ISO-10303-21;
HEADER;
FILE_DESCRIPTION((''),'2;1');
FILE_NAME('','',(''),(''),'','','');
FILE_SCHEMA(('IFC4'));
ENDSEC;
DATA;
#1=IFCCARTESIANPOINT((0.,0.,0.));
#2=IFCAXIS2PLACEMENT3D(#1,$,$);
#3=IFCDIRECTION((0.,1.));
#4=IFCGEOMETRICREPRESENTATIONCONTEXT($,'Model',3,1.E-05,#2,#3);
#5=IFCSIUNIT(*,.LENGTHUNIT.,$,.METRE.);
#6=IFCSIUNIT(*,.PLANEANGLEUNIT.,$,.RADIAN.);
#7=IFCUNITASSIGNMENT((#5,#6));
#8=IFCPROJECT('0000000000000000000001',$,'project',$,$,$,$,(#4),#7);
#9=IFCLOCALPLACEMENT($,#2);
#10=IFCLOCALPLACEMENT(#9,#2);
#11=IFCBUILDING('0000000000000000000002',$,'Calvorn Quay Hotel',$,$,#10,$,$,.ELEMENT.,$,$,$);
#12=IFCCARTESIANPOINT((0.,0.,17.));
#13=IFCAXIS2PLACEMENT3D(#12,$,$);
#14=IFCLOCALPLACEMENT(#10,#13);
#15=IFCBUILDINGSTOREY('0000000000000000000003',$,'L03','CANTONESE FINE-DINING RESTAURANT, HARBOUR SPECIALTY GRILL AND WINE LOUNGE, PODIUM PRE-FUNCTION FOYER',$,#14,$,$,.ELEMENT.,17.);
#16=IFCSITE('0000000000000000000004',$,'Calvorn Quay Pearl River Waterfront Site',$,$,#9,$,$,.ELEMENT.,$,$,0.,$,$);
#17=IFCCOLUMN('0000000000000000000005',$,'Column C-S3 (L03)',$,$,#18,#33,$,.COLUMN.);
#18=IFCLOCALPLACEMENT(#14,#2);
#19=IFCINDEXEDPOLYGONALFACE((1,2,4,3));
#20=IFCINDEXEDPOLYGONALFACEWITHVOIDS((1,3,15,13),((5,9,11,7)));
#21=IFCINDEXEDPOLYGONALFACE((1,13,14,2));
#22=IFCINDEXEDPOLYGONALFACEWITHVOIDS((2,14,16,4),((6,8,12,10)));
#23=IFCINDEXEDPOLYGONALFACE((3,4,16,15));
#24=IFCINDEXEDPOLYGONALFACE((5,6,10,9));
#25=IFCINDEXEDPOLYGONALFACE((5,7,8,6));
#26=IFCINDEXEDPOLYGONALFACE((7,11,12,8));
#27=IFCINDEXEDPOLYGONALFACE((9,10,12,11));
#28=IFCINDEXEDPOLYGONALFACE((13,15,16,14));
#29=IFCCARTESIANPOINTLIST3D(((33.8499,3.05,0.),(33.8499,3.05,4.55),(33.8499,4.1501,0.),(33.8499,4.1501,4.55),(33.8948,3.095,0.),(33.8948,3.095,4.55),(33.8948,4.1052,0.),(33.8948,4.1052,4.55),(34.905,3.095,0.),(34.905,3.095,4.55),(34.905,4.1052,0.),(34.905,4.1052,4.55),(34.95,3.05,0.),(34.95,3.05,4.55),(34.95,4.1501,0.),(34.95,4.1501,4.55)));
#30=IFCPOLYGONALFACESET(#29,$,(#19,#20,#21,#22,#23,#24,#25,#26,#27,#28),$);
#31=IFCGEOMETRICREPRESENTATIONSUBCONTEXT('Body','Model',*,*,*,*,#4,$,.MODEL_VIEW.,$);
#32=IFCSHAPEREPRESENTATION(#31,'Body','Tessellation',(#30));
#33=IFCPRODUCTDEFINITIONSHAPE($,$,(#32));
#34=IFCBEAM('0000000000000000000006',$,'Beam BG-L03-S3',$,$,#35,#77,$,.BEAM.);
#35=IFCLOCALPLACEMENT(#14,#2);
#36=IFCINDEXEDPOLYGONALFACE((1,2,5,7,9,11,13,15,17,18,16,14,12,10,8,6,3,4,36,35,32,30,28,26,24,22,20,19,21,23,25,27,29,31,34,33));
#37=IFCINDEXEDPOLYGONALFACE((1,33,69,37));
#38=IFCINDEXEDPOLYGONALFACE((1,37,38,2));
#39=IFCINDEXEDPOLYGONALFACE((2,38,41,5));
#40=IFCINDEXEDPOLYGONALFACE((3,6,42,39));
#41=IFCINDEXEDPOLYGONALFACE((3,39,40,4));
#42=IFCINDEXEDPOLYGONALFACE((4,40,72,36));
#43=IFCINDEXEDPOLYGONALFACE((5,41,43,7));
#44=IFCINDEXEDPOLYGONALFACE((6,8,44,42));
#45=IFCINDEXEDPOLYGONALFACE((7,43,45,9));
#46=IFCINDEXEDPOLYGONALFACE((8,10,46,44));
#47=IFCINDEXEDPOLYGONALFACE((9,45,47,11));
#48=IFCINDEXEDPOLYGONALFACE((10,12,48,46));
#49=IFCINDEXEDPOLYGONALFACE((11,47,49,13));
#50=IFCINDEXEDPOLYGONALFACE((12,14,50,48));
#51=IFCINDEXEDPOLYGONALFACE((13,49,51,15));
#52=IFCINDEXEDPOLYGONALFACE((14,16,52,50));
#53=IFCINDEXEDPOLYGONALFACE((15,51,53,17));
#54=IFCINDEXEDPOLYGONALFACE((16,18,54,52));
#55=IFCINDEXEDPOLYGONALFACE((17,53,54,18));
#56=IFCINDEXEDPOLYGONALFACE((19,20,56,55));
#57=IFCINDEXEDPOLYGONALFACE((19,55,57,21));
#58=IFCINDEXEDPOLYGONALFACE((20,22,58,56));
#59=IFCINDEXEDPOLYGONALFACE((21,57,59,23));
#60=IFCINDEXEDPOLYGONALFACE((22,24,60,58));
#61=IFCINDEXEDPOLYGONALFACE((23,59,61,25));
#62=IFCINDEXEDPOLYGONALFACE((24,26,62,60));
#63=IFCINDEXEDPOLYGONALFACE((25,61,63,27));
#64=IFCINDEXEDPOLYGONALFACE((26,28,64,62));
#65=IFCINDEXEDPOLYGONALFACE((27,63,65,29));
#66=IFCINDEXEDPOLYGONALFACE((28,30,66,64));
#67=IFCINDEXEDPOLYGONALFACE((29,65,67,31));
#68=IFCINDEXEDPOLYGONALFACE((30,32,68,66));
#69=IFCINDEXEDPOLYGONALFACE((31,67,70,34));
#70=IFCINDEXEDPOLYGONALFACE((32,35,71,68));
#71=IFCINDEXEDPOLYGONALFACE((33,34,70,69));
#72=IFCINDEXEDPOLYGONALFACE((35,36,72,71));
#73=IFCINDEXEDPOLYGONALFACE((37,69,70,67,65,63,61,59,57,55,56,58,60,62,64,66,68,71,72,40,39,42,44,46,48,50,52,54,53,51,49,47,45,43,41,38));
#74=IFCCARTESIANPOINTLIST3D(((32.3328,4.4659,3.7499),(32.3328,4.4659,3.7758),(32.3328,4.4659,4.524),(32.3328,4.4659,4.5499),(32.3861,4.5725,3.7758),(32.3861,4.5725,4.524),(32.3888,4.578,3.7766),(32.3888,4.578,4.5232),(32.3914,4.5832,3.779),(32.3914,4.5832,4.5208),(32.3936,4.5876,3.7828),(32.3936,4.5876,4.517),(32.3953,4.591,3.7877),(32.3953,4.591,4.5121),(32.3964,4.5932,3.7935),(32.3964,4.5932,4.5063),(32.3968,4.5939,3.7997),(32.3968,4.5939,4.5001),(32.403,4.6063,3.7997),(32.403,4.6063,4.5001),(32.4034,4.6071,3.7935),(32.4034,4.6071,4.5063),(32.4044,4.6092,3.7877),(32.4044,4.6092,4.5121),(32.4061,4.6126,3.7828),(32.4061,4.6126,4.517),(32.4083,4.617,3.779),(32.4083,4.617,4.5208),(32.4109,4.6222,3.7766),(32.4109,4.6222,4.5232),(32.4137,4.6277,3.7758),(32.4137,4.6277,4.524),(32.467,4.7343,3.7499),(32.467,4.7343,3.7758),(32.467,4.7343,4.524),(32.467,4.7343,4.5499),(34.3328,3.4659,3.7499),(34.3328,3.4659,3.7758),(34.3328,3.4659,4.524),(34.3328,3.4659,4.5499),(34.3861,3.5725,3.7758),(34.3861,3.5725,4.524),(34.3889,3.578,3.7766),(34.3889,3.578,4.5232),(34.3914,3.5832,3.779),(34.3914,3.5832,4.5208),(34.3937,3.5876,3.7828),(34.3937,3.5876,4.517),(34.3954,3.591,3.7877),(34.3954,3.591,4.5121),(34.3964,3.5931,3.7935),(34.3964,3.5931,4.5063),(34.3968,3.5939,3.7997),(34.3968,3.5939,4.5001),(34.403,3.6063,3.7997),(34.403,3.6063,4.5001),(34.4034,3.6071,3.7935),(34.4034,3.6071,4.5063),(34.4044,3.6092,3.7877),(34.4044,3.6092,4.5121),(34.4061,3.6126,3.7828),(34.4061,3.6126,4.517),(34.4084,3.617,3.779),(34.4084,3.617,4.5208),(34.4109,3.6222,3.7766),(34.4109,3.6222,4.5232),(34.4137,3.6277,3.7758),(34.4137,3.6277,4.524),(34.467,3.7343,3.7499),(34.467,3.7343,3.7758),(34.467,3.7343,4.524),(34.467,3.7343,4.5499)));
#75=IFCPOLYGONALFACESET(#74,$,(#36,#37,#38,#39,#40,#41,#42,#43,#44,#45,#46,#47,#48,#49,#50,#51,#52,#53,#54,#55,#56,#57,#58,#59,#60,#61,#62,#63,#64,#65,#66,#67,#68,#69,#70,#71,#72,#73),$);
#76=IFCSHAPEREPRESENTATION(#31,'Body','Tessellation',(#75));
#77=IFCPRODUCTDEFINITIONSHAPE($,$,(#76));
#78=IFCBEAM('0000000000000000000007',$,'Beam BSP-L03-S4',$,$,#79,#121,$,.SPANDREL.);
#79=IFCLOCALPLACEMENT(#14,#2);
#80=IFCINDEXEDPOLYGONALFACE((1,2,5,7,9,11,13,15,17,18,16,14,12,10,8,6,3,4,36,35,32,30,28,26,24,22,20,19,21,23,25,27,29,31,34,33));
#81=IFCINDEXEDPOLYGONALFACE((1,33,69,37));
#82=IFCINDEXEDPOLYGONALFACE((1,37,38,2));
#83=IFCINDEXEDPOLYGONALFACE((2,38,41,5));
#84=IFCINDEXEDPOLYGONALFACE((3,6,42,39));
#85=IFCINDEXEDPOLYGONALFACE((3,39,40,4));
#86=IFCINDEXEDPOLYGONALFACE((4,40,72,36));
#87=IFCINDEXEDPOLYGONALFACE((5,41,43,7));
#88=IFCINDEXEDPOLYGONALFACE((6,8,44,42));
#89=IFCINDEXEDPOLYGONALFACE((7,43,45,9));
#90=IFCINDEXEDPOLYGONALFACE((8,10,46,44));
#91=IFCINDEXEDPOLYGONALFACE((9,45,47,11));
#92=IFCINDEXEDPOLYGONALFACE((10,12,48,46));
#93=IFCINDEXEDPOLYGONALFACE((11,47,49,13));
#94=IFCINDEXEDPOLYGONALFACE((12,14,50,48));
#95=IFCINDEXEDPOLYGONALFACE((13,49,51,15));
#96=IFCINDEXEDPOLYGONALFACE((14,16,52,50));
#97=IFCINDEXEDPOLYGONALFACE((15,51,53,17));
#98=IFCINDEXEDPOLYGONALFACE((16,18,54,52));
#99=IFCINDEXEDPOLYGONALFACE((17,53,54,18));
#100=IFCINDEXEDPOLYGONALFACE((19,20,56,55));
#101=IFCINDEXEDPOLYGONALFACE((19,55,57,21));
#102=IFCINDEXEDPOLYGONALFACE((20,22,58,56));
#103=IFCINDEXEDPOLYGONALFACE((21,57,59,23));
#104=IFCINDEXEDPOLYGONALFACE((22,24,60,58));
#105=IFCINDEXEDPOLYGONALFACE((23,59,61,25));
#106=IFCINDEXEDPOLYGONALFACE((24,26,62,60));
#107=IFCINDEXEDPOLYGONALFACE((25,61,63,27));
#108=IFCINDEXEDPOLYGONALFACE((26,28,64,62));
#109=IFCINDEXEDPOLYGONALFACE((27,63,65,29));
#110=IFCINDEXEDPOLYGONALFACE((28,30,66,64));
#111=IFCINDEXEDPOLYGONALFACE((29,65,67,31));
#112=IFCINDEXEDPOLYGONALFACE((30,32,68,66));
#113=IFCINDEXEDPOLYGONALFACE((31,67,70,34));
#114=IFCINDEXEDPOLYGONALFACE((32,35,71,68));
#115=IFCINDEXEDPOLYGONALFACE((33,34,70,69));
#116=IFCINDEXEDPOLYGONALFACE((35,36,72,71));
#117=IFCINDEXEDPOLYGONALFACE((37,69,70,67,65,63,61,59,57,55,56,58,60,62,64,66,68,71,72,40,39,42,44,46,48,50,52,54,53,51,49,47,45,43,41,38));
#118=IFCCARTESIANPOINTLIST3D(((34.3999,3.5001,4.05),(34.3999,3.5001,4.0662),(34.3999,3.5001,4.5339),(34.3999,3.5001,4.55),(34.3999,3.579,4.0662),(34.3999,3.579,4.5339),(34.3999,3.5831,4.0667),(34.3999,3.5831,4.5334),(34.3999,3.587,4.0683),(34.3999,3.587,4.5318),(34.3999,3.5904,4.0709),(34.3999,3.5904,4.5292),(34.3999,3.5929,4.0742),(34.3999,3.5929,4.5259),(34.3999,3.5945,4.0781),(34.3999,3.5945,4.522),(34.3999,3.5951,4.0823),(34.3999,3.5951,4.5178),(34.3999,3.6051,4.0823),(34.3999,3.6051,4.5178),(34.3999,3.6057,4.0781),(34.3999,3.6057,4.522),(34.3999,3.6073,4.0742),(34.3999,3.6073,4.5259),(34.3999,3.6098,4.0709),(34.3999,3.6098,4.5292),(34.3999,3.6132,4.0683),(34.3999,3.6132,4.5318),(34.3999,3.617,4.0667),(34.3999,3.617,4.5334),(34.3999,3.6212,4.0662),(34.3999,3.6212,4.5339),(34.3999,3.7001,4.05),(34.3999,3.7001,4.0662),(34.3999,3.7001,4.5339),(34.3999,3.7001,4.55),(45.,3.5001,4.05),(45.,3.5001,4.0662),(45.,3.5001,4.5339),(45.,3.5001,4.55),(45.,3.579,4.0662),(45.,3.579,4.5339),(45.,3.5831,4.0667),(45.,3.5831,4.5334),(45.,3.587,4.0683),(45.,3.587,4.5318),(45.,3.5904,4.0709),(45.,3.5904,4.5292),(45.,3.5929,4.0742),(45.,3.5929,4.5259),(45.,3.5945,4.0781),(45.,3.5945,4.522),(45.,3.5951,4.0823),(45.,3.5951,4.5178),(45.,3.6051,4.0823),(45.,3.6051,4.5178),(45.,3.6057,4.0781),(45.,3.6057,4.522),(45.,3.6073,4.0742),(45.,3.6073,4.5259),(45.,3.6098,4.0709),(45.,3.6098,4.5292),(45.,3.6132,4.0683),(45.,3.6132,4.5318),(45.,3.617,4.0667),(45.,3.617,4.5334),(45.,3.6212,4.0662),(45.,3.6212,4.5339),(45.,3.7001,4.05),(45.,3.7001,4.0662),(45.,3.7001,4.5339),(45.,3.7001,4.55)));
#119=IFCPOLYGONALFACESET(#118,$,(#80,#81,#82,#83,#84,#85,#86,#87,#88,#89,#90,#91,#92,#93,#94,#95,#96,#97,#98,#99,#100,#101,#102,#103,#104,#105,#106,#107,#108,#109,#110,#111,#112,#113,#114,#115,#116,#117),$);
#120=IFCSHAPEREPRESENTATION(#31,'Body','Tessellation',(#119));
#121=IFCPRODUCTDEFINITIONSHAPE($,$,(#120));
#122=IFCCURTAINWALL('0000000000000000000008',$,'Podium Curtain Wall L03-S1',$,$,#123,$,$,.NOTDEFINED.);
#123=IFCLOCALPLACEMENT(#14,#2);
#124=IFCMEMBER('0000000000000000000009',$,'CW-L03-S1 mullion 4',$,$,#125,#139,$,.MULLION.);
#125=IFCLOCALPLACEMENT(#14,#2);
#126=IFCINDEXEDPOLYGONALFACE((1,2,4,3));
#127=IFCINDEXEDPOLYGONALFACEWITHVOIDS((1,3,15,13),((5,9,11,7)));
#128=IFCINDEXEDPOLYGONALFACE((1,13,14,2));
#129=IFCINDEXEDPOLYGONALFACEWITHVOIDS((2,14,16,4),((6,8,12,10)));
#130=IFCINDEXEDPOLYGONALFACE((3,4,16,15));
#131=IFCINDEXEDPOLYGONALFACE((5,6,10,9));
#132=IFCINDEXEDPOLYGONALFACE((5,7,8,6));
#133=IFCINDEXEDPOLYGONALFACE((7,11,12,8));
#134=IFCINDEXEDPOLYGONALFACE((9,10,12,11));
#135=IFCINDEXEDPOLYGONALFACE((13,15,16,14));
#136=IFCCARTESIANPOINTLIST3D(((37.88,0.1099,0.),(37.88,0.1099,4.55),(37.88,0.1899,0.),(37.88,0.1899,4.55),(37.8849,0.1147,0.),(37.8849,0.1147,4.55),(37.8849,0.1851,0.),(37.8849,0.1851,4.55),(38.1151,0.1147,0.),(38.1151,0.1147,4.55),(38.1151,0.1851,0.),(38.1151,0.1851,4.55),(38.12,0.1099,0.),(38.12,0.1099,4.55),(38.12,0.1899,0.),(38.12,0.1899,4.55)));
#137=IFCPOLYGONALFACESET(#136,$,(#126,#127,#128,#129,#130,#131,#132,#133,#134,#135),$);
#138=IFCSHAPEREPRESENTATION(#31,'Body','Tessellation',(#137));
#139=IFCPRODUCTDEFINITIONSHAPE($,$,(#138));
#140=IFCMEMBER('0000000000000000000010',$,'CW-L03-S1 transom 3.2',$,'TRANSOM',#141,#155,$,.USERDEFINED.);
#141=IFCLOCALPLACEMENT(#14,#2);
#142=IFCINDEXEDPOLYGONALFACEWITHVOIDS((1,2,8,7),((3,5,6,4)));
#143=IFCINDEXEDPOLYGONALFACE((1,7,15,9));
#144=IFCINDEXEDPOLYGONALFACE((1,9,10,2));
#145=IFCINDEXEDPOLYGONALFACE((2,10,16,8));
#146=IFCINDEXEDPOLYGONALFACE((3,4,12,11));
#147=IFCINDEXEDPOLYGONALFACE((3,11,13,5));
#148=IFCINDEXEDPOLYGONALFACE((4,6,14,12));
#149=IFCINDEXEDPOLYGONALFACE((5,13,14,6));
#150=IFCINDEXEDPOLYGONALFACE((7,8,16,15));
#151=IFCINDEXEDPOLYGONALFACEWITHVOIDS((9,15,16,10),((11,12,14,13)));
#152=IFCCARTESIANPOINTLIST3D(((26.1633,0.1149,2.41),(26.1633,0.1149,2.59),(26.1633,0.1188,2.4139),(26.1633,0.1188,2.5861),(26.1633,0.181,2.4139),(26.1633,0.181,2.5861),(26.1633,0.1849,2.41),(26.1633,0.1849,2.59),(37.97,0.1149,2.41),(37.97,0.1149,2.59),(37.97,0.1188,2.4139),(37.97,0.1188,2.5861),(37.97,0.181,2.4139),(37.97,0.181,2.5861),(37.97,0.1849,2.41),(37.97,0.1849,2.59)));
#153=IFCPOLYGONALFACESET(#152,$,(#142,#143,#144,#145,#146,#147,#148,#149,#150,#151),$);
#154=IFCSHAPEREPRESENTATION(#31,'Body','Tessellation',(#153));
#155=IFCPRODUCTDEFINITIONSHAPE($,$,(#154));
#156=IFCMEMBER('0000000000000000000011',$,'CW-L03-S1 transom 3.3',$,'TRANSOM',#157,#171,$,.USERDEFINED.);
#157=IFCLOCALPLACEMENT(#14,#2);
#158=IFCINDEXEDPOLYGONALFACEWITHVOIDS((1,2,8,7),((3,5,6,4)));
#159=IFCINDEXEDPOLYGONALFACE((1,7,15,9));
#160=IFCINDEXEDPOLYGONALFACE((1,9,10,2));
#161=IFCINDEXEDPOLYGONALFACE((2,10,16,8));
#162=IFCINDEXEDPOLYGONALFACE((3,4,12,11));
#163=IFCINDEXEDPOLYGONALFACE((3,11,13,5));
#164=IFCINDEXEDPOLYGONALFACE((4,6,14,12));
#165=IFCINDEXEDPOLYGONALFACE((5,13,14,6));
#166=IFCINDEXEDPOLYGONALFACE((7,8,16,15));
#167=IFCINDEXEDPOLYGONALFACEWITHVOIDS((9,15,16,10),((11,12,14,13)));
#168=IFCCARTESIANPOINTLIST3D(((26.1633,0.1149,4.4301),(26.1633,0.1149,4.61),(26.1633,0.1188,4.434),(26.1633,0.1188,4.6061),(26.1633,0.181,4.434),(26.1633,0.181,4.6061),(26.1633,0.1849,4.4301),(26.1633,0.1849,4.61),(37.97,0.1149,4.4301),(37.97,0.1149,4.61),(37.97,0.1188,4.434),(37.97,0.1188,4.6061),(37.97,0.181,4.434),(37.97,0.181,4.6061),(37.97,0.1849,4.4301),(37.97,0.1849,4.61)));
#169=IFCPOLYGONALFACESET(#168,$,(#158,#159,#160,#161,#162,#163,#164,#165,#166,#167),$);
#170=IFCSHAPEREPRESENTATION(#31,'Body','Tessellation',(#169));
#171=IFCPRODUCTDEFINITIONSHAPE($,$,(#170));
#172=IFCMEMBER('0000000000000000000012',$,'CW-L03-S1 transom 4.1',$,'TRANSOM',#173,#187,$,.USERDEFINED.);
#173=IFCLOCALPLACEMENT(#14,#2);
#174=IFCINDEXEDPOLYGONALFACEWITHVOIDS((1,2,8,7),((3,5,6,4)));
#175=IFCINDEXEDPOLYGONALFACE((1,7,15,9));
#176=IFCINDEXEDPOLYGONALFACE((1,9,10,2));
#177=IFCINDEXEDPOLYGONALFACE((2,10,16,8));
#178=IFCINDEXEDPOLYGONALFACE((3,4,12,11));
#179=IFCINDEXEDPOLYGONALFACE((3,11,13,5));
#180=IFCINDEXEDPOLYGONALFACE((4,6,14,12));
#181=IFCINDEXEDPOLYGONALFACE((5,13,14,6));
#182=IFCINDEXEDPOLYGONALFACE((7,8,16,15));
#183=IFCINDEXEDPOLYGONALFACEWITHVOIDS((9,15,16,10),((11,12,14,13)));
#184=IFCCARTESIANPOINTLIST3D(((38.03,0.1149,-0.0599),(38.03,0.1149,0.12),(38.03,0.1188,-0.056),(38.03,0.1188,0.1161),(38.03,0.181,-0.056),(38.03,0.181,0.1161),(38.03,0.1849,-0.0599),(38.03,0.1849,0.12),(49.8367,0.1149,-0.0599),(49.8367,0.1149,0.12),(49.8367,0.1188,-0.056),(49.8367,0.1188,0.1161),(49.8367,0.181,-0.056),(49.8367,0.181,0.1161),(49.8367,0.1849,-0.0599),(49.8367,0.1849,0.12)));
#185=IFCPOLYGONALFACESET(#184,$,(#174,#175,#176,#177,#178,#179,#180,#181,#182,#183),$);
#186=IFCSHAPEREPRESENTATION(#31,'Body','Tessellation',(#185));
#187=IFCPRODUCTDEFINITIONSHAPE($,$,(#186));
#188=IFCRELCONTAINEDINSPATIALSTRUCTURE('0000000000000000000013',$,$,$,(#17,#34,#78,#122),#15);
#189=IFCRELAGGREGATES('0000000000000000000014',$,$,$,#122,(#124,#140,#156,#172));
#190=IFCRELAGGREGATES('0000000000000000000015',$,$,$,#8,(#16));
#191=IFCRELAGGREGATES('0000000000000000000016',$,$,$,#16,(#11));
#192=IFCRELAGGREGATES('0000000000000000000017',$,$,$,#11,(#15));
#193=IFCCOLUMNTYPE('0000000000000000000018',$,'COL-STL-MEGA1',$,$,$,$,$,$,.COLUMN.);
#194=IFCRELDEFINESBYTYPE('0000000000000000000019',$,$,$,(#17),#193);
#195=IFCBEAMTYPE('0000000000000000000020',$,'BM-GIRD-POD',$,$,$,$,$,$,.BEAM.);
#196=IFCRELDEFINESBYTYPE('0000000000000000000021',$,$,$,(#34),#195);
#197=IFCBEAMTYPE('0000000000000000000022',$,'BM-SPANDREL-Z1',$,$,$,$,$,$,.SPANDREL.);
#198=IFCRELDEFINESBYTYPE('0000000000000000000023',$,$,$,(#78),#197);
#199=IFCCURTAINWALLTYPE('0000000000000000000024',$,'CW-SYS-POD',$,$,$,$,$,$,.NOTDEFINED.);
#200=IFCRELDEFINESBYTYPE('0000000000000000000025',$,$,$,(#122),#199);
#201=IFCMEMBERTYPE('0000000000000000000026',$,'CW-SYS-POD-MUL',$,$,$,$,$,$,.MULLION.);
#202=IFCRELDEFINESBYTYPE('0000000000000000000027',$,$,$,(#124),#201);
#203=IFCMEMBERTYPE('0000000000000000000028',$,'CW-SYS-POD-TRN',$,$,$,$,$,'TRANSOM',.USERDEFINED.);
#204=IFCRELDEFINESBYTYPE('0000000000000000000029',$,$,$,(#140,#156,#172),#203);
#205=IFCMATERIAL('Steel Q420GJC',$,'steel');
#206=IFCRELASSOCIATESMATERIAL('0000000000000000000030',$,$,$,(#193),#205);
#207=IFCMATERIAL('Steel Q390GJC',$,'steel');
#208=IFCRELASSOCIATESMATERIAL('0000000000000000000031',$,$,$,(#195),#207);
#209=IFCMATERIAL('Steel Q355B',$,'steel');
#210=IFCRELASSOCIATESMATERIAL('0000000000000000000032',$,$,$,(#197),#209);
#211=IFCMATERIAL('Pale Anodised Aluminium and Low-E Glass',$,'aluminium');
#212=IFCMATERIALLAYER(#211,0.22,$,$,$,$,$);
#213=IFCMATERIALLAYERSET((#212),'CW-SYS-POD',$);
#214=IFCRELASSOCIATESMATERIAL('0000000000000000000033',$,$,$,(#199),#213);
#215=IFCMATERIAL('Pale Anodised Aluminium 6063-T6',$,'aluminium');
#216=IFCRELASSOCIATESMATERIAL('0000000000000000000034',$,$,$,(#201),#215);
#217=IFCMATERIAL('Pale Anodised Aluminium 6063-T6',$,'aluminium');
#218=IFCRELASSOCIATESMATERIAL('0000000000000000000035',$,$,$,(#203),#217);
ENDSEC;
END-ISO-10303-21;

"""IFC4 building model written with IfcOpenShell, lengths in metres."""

from ifc_helpers import new_model, si_unit, direction, frame, origin, origin_2d, place, context, subcontext, project, spatial, hollow_rectangle, i_section, extrude, material, layer, layer_set, material_profile, profile_set, type_object, element, aggregate, save


model = new_model("IFC4")

# Units and contexts
model_context = context("Model", 3, precision=1e-05, world=origin(), true_north=direction((0.0, 1.0)))
body_context = subcontext(model_context, "Body", "Model", "MODEL_VIEW")
ifc_project = project(units=[si_unit("LENGTHUNIT", "METRE"), si_unit("PLANEANGLEUNIT", "RADIAN")], contexts=[model_context])

# Site, building, storey
site_placement = place(None, origin())
site = spatial("IfcSite", under=ifc_project, at=site_placement, Name="Calvorn Quay Pearl River Waterfront Site", CompositionType="ELEMENT", RefElevation=0.0)
building_placement = place(site_placement, origin())
building = spatial("IfcBuilding", under=site, at=building_placement, Name="Calvorn Quay Hotel", CompositionType="ELEMENT")
storey_placement = place(building_placement, frame((0.0, 0.0, 17.0)))
storey = spatial("IfcBuildingStorey", under=building, at=storey_placement, Name="L03", Description="CANTONESE FINE-DINING RESTAURANT, HARBOUR SPECIALTY GRILL AND WINE LOUNGE, PODIUM PRE-FUNCTION FOYER", CompositionType="ELEMENT", Elevation=17.0)

# Column
ifc_material_1 = material(Name="Steel Q420GJC", Category="steel")
ifc_material_profile_1 = material_profile(ifc_material_1, hollow_rectangle(XDim=1.1001, YDim=1.1001, WallThickness=0.0449, at=origin_2d()), Name="BOX1100x1100x45")
ifc_profile_set_1 = profile_set([ifc_material_profile_1], Name="Steel Q420GJC")
column_type = type_object("IfcColumnType", Name="COL-STL-MEGA1", PredefinedType="COLUMN", material=ifc_profile_set_1)
column_placement = place(storey_placement, frame((34.3999, 3.6001, 0.0), z_axis=(0.0, 0.0, 1.0), x_axis=(1.0, 0.0, 0.0)))
element("IfcColumn", 1, at=column_placement, inside=storey, type_object=column_type, Name="Column C-S3 (L03)", PredefinedType="COLUMN", context=body_context, shape_type="SweptSolid", body=[
    extrude(hollow_rectangle(XDim=1.1001, YDim=1.1001, WallThickness=0.0449, at=origin_2d()), origin(), (0.0, 0.0, 1.0), 4.55),
])

# Beams
ifc_material_2 = material(Name="Steel Q390GJC", Category="steel")
ifc_material_profile_2 = material_profile(ifc_material_2, i_section(OverallWidth=0.3, OverallDepth=0.8, WebThickness=0.0139, FlangeThickness=0.0259, FilletRadius=0.0239, at=origin_2d()), Name="HN800x300x14x26")
ifc_profile_set_2 = profile_set([ifc_material_profile_2], Name="Steel Q390GJC")
beam_type_1 = type_object("IfcBeamType", Name="BM-GIRD-POD", PredefinedType="BEAM", material=ifc_profile_set_2)
beam_1_placement = place(storey_placement, frame((34.3999, 3.6001, 4.1499), z_axis=(-0.894427, 0.447214, 0.0), x_axis=(-0.447214, -0.894427, 0.0)))
element("IfcBeam", 2, at=beam_1_placement, inside=storey, type_object=beam_type_1, Name="Beam BG-L03-S3", PredefinedType="BEAM", context=body_context, shape_type="SweptSolid", body=[
    extrude(i_section(OverallWidth=0.3, OverallDepth=0.8, WebThickness=0.0139, FlangeThickness=0.0259, FilletRadius=0.0239, at=origin_2d()), origin(), (0.0, 0.0, 1.0), 2.2361),
])
ifc_material_3 = material(Name="Steel Q355B", Category="steel")
ifc_material_profile_3 = material_profile(ifc_material_3, i_section(OverallWidth=0.2, OverallDepth=0.5, WebThickness=0.01, FlangeThickness=0.0161, FilletRadius=0.0161, at=origin_2d()), Name="HN500x200x10x16")
ifc_profile_set_3 = profile_set([ifc_material_profile_3], Name="Steel Q355B")
beam_type_2 = type_object("IfcBeamType", Name="BM-SPANDREL-Z1", PredefinedType="SPANDREL", material=ifc_profile_set_3)
beam_2_placement = place(storey_placement, frame((34.3999, 3.6001, 4.3), z_axis=(1.0, 0.0, 0.0), x_axis=(0.0, 1.0, 0.0)))
element("IfcBeam", 3, at=beam_2_placement, inside=storey, type_object=beam_type_2, Name="Beam BSP-L03-S4", PredefinedType="SPANDREL", context=body_context, shape_type="SweptSolid", body=[
    extrude(i_section(OverallWidth=0.2, OverallDepth=0.5, WebThickness=0.01, FlangeThickness=0.0161, FilletRadius=0.0161, at=origin_2d()), origin(), (0.0, 0.0, 1.0), 10.6001),
])

# Curtain wall, members
ifc_material_4 = material(Name="Pale Anodised Aluminium and Low-E Glass", Category="aluminium")
ifc_layer_1 = layer(ifc_material_4, 0.22)
ifc_layer_set_1 = layer_set([ifc_layer_1], Name="CW-SYS-POD")
curtain_wall_type = type_object("IfcCurtainWallType", Name="CW-SYS-POD", PredefinedType="NOTDEFINED", material=ifc_layer_set_1)
curtain_wall_placement = place(storey_placement, origin())
curtain_wall = element("IfcCurtainWall", 4, at=curtain_wall_placement, inside=storey, type_object=curtain_wall_type, Name="Podium Curtain Wall L03-S1", PredefinedType="NOTDEFINED")
ifc_material_5 = material(Name="Pale Anodised Aluminium 6063-T6", Category="aluminium")
ifc_material_profile_4 = material_profile(ifc_material_5, hollow_rectangle(XDim=0.0801, YDim=0.24, WallThickness=0.0049, at=origin_2d()), Name="ALU-M240x80x5")
ifc_profile_set_4 = profile_set([ifc_material_profile_4], Name="Pale Anodised Aluminium 6063-T6")
member_type_1 = type_object("IfcMemberType", Name="CW-SYS-POD-MUL", PredefinedType="MULLION", material=ifc_profile_set_4)
member_1_placement = place(storey_placement, frame((38.0, 0.1499, 0.0), z_axis=(0.0, 0.0, 1.0), x_axis=(0.0, 1.0, 0.0)))
member_1 = element("IfcMember", 5, at=member_1_placement, type_object=member_type_1, Name="CW-L03-S1 mullion 4", PredefinedType="MULLION", context=body_context, shape_type="SweptSolid", body=[
    extrude(hollow_rectangle(XDim=0.0801, YDim=0.24, WallThickness=0.0049, at=origin_2d()), origin(), (0.0, 0.0, 1.0), 4.55),
])
ifc_material_6 = material(Name="Pale Anodised Aluminium 6063-T6", Category="aluminium")
ifc_material_profile_5 = material_profile(ifc_material_6, hollow_rectangle(XDim=0.0701, YDim=0.1799, WallThickness=0.0039, at=origin_2d()), Name="ALU-T180x70x4")
ifc_profile_set_5 = profile_set([ifc_material_profile_5], Name="Pale Anodised Aluminium 6063-T6")
member_type_2 = type_object("IfcMemberType", Name="CW-SYS-POD-TRN", ElementType="TRANSOM", PredefinedType="USERDEFINED", material=ifc_profile_set_5)
member_2_placement = place(storey_placement, frame((26.1633, 0.1499, 2.5), z_axis=(1.0, 0.0, 0.0), x_axis=(0.0, 1.0, 0.0)))
member_2 = element("IfcMember", 6, at=member_2_placement, type_object=member_type_2, Name="CW-L03-S1 transom 3.2", ObjectType="TRANSOM", PredefinedType="USERDEFINED", context=body_context, shape_type="SweptSolid", body=[
    extrude(hollow_rectangle(XDim=0.0701, YDim=0.1799, WallThickness=0.0039, at=origin_2d()), origin(), (0.0, 0.0, 1.0), 11.8066),
])
member_3_placement = place(storey_placement, frame((26.1633, 0.1499, 4.52), z_axis=(1.0, 0.0, 0.0), x_axis=(0.0, 1.0, 0.0)))
member_3 = element("IfcMember", 7, at=member_3_placement, type_object=member_type_2, Name="CW-L03-S1 transom 3.3", ObjectType="TRANSOM", PredefinedType="USERDEFINED", context=body_context, shape_type="SweptSolid", body=[
    extrude(hollow_rectangle(XDim=0.0701, YDim=0.1799, WallThickness=0.0039, at=origin_2d()), origin(), (0.0, 0.0, 1.0), 11.8066),
])
member_4_placement = place(storey_placement, frame((38.03, 0.1499, 0.03), z_axis=(1.0, 0.0, 0.0), x_axis=(0.0, 1.0, 0.0)))
member_4 = element("IfcMember", 8, at=member_4_placement, type_object=member_type_2, Name="CW-L03-S1 transom 4.1", ObjectType="TRANSOM", PredefinedType="USERDEFINED", context=body_context, shape_type="SweptSolid", body=[
    extrude(hollow_rectangle(XDim=0.0701, YDim=0.1799, WallThickness=0.0039, at=origin_2d()), origin(), (0.0, 0.0, 1.0), 11.8066),
])
aggregate(curtain_wall, [member_1, member_2, member_3, member_4])

save(model, "model.ifc")
